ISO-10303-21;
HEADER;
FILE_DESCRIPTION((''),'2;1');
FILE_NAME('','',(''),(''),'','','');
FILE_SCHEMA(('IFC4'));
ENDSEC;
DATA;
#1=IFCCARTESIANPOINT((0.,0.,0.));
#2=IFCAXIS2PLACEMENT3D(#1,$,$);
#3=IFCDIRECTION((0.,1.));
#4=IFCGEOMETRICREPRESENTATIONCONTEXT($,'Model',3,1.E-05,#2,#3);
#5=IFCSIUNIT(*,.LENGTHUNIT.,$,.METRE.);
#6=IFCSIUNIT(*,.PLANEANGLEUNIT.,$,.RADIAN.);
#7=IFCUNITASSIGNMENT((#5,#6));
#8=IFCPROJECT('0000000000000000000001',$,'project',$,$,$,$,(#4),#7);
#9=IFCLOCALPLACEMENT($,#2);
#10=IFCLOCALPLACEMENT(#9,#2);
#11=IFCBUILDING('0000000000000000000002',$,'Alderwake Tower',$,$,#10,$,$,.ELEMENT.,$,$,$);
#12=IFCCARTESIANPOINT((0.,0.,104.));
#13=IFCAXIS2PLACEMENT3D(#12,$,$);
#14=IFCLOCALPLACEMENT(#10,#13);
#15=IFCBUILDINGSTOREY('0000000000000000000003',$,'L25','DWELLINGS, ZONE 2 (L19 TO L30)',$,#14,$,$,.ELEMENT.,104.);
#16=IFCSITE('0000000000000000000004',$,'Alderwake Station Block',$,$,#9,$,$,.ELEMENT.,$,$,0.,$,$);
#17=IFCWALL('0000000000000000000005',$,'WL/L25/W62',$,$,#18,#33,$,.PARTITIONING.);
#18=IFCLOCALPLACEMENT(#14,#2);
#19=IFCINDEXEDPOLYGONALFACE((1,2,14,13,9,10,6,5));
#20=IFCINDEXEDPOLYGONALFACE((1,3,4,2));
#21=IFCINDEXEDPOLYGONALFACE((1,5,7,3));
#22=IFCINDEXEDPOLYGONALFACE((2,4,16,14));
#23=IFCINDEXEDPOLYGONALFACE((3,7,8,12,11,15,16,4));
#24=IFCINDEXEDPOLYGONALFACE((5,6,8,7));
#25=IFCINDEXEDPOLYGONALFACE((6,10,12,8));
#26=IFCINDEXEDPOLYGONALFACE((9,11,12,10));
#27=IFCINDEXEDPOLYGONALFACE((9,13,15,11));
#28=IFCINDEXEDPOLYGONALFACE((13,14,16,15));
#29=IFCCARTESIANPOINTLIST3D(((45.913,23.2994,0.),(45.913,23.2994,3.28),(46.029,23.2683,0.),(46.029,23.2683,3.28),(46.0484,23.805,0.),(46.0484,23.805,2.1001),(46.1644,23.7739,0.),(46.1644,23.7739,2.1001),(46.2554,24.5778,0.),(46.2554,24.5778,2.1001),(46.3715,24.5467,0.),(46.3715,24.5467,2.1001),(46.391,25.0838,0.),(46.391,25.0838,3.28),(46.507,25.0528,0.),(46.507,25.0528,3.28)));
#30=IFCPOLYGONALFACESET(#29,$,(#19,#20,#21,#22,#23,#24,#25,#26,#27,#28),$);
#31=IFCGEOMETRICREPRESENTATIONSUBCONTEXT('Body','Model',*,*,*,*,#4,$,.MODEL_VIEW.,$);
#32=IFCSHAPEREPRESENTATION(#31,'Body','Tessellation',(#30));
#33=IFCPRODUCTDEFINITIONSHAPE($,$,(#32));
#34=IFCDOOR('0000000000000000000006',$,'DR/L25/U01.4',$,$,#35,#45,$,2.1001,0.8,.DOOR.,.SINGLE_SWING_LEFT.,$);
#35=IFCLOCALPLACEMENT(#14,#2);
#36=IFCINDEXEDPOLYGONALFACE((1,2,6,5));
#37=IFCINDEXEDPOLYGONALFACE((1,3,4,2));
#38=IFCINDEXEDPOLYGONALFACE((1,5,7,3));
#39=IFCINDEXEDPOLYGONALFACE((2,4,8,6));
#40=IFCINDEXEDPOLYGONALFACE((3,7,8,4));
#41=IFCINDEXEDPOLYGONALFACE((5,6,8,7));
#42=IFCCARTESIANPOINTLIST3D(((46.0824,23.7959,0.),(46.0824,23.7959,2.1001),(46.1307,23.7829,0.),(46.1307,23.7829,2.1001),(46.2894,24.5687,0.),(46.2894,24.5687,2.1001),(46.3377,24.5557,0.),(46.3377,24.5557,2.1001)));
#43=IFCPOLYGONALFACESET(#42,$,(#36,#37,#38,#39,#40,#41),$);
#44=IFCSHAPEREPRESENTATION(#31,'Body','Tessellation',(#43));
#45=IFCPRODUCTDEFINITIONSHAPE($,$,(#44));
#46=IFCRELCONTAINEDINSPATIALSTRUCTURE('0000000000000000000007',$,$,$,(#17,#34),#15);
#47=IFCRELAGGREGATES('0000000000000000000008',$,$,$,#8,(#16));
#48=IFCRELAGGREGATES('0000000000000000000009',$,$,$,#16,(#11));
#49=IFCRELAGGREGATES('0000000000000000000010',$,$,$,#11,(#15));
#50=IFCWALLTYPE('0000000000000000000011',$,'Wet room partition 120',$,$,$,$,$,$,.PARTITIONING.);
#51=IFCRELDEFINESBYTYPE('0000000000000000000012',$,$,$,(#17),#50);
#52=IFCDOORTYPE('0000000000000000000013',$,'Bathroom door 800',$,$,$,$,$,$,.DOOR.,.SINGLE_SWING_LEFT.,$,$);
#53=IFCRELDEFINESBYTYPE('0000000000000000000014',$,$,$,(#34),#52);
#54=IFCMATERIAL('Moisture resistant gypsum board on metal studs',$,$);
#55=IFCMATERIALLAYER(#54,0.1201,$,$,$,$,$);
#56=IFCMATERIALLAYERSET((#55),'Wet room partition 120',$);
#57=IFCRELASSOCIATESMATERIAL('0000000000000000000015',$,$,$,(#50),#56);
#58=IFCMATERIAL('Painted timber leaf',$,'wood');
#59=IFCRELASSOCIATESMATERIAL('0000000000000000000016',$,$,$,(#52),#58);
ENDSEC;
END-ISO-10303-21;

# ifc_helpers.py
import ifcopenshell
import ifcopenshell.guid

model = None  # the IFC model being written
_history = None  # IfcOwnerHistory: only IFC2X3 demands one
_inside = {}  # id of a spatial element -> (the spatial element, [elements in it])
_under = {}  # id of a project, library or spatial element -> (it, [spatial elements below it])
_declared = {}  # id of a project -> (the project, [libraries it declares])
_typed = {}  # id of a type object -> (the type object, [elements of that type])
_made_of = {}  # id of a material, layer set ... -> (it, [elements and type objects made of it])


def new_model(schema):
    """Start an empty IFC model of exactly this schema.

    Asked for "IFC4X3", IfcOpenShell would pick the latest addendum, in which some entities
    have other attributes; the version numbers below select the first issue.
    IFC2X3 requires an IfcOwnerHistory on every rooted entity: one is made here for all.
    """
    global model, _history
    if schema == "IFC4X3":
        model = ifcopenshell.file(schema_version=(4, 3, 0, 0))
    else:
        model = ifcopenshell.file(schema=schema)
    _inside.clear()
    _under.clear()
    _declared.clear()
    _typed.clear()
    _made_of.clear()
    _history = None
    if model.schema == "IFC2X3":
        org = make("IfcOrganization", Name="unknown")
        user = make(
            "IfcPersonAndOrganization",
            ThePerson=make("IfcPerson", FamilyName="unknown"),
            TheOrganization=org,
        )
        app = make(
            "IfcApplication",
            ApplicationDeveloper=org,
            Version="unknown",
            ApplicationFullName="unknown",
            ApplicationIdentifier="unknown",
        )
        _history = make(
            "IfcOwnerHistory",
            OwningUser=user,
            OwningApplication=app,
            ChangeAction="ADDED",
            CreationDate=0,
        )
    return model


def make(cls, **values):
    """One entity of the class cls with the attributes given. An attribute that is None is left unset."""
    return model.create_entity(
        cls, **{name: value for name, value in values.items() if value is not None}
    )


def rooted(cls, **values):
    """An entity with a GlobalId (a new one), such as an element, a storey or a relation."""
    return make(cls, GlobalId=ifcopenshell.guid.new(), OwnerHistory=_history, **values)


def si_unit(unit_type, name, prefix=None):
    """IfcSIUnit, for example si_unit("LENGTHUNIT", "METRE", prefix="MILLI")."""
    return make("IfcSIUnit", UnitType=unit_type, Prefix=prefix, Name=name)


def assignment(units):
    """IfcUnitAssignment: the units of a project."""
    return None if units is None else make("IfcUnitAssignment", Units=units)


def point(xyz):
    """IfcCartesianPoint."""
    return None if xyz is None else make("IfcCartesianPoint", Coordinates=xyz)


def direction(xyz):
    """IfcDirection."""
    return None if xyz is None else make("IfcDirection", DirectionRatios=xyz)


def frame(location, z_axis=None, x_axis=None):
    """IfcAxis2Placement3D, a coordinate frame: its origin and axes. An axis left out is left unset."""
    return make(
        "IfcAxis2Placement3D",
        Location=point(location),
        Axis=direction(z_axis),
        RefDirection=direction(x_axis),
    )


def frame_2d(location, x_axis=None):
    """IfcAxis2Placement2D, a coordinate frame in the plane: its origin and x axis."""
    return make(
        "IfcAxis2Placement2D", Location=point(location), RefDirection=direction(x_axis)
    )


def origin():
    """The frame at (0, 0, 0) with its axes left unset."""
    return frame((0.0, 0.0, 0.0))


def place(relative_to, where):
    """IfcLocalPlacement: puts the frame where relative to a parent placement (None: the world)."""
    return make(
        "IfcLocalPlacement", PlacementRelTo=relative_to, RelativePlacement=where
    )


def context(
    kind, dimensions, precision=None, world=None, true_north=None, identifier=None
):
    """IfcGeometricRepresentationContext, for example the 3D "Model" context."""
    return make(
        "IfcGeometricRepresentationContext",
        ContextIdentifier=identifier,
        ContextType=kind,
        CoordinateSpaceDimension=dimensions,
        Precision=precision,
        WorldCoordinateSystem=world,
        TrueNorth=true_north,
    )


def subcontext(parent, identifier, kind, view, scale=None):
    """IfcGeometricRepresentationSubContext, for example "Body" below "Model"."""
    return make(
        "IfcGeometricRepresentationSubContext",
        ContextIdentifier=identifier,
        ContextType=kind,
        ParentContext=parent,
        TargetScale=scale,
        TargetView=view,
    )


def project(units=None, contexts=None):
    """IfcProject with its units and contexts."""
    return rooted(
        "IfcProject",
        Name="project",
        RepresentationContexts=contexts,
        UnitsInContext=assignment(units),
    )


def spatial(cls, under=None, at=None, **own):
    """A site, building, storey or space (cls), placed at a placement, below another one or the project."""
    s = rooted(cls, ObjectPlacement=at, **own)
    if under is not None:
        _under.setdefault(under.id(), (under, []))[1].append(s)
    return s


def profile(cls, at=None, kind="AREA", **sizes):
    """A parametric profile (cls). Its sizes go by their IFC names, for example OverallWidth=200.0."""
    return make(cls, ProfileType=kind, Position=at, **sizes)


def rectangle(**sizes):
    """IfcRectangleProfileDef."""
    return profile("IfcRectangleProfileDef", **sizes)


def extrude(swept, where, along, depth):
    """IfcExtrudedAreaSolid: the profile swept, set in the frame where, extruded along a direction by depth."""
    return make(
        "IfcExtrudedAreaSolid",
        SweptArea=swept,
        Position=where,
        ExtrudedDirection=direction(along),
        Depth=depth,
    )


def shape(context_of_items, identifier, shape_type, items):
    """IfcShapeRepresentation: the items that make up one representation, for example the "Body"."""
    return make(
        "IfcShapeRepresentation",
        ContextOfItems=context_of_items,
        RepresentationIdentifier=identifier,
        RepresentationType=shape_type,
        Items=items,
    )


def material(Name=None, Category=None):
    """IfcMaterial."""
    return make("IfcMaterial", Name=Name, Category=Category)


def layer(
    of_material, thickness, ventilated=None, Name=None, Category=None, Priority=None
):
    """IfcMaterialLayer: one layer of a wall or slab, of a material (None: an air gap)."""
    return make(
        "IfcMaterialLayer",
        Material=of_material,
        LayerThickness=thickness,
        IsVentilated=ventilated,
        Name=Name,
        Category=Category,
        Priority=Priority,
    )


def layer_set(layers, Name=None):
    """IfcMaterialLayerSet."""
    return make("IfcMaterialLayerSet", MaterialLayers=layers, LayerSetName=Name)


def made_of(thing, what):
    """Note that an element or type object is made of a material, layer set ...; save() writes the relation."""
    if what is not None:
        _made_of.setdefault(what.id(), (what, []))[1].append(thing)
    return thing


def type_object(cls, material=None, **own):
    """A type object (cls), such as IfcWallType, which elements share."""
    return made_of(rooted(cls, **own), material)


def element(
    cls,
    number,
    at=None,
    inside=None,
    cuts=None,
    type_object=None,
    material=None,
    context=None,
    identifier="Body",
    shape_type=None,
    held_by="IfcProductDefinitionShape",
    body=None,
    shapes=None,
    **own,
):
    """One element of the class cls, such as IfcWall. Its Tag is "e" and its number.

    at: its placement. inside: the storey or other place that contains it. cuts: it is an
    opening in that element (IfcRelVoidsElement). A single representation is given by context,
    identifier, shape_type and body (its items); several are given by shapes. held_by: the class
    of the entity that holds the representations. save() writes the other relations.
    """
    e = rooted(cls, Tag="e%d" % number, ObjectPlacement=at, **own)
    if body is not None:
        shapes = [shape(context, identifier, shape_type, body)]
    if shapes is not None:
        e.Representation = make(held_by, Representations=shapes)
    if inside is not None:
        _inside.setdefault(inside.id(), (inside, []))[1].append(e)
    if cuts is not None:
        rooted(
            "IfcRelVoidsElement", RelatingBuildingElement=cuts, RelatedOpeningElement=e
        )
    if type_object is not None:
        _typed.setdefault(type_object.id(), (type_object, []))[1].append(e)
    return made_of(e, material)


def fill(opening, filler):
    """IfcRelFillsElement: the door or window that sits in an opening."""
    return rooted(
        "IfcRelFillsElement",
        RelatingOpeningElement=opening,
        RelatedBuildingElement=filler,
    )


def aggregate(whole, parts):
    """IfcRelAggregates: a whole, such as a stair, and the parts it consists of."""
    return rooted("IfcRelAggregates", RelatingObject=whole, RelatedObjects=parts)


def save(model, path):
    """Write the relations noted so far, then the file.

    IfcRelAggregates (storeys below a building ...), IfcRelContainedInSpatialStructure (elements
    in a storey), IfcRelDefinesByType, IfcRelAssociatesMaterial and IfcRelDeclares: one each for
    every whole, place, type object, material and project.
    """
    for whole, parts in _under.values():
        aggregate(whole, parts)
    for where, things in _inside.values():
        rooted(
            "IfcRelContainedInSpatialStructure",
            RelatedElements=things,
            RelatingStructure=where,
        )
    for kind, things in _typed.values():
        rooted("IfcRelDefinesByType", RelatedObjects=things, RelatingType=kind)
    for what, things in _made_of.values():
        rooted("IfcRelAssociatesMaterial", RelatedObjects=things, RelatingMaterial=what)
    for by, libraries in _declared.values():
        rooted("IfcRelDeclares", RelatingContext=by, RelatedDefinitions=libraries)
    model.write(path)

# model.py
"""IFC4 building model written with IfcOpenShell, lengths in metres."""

from ifc_helpers import new_model, si_unit, direction, frame, frame_2d, origin, place, context, subcontext, project, spatial, rectangle, extrude, material, layer, layer_set, type_object, element, fill, save


model = new_model("IFC4")

# Units and contexts
model_context = context("Model", 3, precision=1e-05, world=origin(), true_north=direction((0.0, 1.0)))
body_context = subcontext(model_context, "Body", "Model", "MODEL_VIEW")
ifc_project = project(units=[si_unit("LENGTHUNIT", "METRE"), si_unit("PLANEANGLEUNIT", "RADIAN")], contexts=[model_context])

# Site, building, storey
site_placement = place(None, origin())
site = spatial("IfcSite", under=ifc_project, at=site_placement, Name="Alderwake Station Block", CompositionType="ELEMENT", RefElevation=0.0)
building_placement = place(site_placement, origin())
building = spatial("IfcBuilding", under=site, at=building_placement, Name="Alderwake Tower", CompositionType="ELEMENT")
storey_placement = place(building_placement, frame((0.0, 0.0, 104.0)))
storey = spatial("IfcBuildingStorey", under=building, at=storey_placement, Name="L25", Description="DWELLINGS, ZONE 2 (L19 TO L30)", CompositionType="ELEMENT", Elevation=104.0)

# Shared definitions
ifc_material_1 = material(Name="Moisture resistant gypsum board on metal studs")
ifc_layer_1 = layer(ifc_material_1, 0.1201)
ifc_layer_set_1 = layer_set([ifc_layer_1], Name="Wet room partition 120")
wall_type_1 = type_object("IfcWallType", Name="Wet room partition 120", PredefinedType="PARTITIONING", material=ifc_layer_set_1)

# Wall, opening, door
ifc_material_2 = material(Name="Painted timber leaf", Category="wood")
door_type_1 = type_object("IfcDoorType", Name="Bathroom door 800", OperationType="SINGLE_SWING_LEFT", PredefinedType="DOOR", material=ifc_material_2)
wall_1_placement = place(storey_placement, frame((45.9709, 23.2837, 0.0), z_axis=(0.0, 0.0, 1.0), x_axis=(0.258765, 0.96594, 0.0)))
wall_1 = element("IfcWall", 1, at=wall_1_placement, inside=storey, type_object=wall_type_1, Name="WL/L25/W62", PredefinedType="PARTITIONING", context=body_context, shape_type="SweptSolid", body=[
    extrude(rectangle(XDim=1.8474, YDim=0.1201, at=frame_2d((0.9238, 0.0))), origin(), (0.0, 0.0, 1.0), 3.28),
])
opening_1_placement = place(wall_1_placement, frame((0.5237, 0.0, 0.0)))
opening_1 = element("IfcOpeningElement", 2, at=opening_1_placement, cuts=wall_1, PredefinedType="OPENING", context=body_context, shape_type="SweptSolid", body=[
    extrude(rectangle(XDim=0.8, YDim=2.1001, at=frame_2d((0.3999, 1.05))), frame((0.0, 0.0701, 0.0), z_axis=(0.0, -1.0, 0.0), x_axis=(1.0, 0.0, 0.0)), (0.0, 0.0, 1.0), 0.1401),
])
door_1_placement = place(opening_1_placement, origin())
door_1 = element("IfcDoor", 3, at=door_1_placement, inside=storey, type_object=door_type_1, Name="DR/L25/U01.4", OperationType="SINGLE_SWING_LEFT", OverallHeight=2.1001, OverallWidth=0.8, PredefinedType="DOOR", context=body_context, shape_type="SweptSolid", body=[
    extrude(rectangle(XDim=0.8, YDim=2.1001, at=frame_2d((0.3999, 1.05))), frame((0.0, 0.0249, 0.0), z_axis=(0.0, -1.0, 0.0), x_axis=(1.0, 0.0, 0.0)), (0.0, 0.0, 1.0), 0.05),
])
fill(opening_1, door_1)

save(model, "model.ifc")
